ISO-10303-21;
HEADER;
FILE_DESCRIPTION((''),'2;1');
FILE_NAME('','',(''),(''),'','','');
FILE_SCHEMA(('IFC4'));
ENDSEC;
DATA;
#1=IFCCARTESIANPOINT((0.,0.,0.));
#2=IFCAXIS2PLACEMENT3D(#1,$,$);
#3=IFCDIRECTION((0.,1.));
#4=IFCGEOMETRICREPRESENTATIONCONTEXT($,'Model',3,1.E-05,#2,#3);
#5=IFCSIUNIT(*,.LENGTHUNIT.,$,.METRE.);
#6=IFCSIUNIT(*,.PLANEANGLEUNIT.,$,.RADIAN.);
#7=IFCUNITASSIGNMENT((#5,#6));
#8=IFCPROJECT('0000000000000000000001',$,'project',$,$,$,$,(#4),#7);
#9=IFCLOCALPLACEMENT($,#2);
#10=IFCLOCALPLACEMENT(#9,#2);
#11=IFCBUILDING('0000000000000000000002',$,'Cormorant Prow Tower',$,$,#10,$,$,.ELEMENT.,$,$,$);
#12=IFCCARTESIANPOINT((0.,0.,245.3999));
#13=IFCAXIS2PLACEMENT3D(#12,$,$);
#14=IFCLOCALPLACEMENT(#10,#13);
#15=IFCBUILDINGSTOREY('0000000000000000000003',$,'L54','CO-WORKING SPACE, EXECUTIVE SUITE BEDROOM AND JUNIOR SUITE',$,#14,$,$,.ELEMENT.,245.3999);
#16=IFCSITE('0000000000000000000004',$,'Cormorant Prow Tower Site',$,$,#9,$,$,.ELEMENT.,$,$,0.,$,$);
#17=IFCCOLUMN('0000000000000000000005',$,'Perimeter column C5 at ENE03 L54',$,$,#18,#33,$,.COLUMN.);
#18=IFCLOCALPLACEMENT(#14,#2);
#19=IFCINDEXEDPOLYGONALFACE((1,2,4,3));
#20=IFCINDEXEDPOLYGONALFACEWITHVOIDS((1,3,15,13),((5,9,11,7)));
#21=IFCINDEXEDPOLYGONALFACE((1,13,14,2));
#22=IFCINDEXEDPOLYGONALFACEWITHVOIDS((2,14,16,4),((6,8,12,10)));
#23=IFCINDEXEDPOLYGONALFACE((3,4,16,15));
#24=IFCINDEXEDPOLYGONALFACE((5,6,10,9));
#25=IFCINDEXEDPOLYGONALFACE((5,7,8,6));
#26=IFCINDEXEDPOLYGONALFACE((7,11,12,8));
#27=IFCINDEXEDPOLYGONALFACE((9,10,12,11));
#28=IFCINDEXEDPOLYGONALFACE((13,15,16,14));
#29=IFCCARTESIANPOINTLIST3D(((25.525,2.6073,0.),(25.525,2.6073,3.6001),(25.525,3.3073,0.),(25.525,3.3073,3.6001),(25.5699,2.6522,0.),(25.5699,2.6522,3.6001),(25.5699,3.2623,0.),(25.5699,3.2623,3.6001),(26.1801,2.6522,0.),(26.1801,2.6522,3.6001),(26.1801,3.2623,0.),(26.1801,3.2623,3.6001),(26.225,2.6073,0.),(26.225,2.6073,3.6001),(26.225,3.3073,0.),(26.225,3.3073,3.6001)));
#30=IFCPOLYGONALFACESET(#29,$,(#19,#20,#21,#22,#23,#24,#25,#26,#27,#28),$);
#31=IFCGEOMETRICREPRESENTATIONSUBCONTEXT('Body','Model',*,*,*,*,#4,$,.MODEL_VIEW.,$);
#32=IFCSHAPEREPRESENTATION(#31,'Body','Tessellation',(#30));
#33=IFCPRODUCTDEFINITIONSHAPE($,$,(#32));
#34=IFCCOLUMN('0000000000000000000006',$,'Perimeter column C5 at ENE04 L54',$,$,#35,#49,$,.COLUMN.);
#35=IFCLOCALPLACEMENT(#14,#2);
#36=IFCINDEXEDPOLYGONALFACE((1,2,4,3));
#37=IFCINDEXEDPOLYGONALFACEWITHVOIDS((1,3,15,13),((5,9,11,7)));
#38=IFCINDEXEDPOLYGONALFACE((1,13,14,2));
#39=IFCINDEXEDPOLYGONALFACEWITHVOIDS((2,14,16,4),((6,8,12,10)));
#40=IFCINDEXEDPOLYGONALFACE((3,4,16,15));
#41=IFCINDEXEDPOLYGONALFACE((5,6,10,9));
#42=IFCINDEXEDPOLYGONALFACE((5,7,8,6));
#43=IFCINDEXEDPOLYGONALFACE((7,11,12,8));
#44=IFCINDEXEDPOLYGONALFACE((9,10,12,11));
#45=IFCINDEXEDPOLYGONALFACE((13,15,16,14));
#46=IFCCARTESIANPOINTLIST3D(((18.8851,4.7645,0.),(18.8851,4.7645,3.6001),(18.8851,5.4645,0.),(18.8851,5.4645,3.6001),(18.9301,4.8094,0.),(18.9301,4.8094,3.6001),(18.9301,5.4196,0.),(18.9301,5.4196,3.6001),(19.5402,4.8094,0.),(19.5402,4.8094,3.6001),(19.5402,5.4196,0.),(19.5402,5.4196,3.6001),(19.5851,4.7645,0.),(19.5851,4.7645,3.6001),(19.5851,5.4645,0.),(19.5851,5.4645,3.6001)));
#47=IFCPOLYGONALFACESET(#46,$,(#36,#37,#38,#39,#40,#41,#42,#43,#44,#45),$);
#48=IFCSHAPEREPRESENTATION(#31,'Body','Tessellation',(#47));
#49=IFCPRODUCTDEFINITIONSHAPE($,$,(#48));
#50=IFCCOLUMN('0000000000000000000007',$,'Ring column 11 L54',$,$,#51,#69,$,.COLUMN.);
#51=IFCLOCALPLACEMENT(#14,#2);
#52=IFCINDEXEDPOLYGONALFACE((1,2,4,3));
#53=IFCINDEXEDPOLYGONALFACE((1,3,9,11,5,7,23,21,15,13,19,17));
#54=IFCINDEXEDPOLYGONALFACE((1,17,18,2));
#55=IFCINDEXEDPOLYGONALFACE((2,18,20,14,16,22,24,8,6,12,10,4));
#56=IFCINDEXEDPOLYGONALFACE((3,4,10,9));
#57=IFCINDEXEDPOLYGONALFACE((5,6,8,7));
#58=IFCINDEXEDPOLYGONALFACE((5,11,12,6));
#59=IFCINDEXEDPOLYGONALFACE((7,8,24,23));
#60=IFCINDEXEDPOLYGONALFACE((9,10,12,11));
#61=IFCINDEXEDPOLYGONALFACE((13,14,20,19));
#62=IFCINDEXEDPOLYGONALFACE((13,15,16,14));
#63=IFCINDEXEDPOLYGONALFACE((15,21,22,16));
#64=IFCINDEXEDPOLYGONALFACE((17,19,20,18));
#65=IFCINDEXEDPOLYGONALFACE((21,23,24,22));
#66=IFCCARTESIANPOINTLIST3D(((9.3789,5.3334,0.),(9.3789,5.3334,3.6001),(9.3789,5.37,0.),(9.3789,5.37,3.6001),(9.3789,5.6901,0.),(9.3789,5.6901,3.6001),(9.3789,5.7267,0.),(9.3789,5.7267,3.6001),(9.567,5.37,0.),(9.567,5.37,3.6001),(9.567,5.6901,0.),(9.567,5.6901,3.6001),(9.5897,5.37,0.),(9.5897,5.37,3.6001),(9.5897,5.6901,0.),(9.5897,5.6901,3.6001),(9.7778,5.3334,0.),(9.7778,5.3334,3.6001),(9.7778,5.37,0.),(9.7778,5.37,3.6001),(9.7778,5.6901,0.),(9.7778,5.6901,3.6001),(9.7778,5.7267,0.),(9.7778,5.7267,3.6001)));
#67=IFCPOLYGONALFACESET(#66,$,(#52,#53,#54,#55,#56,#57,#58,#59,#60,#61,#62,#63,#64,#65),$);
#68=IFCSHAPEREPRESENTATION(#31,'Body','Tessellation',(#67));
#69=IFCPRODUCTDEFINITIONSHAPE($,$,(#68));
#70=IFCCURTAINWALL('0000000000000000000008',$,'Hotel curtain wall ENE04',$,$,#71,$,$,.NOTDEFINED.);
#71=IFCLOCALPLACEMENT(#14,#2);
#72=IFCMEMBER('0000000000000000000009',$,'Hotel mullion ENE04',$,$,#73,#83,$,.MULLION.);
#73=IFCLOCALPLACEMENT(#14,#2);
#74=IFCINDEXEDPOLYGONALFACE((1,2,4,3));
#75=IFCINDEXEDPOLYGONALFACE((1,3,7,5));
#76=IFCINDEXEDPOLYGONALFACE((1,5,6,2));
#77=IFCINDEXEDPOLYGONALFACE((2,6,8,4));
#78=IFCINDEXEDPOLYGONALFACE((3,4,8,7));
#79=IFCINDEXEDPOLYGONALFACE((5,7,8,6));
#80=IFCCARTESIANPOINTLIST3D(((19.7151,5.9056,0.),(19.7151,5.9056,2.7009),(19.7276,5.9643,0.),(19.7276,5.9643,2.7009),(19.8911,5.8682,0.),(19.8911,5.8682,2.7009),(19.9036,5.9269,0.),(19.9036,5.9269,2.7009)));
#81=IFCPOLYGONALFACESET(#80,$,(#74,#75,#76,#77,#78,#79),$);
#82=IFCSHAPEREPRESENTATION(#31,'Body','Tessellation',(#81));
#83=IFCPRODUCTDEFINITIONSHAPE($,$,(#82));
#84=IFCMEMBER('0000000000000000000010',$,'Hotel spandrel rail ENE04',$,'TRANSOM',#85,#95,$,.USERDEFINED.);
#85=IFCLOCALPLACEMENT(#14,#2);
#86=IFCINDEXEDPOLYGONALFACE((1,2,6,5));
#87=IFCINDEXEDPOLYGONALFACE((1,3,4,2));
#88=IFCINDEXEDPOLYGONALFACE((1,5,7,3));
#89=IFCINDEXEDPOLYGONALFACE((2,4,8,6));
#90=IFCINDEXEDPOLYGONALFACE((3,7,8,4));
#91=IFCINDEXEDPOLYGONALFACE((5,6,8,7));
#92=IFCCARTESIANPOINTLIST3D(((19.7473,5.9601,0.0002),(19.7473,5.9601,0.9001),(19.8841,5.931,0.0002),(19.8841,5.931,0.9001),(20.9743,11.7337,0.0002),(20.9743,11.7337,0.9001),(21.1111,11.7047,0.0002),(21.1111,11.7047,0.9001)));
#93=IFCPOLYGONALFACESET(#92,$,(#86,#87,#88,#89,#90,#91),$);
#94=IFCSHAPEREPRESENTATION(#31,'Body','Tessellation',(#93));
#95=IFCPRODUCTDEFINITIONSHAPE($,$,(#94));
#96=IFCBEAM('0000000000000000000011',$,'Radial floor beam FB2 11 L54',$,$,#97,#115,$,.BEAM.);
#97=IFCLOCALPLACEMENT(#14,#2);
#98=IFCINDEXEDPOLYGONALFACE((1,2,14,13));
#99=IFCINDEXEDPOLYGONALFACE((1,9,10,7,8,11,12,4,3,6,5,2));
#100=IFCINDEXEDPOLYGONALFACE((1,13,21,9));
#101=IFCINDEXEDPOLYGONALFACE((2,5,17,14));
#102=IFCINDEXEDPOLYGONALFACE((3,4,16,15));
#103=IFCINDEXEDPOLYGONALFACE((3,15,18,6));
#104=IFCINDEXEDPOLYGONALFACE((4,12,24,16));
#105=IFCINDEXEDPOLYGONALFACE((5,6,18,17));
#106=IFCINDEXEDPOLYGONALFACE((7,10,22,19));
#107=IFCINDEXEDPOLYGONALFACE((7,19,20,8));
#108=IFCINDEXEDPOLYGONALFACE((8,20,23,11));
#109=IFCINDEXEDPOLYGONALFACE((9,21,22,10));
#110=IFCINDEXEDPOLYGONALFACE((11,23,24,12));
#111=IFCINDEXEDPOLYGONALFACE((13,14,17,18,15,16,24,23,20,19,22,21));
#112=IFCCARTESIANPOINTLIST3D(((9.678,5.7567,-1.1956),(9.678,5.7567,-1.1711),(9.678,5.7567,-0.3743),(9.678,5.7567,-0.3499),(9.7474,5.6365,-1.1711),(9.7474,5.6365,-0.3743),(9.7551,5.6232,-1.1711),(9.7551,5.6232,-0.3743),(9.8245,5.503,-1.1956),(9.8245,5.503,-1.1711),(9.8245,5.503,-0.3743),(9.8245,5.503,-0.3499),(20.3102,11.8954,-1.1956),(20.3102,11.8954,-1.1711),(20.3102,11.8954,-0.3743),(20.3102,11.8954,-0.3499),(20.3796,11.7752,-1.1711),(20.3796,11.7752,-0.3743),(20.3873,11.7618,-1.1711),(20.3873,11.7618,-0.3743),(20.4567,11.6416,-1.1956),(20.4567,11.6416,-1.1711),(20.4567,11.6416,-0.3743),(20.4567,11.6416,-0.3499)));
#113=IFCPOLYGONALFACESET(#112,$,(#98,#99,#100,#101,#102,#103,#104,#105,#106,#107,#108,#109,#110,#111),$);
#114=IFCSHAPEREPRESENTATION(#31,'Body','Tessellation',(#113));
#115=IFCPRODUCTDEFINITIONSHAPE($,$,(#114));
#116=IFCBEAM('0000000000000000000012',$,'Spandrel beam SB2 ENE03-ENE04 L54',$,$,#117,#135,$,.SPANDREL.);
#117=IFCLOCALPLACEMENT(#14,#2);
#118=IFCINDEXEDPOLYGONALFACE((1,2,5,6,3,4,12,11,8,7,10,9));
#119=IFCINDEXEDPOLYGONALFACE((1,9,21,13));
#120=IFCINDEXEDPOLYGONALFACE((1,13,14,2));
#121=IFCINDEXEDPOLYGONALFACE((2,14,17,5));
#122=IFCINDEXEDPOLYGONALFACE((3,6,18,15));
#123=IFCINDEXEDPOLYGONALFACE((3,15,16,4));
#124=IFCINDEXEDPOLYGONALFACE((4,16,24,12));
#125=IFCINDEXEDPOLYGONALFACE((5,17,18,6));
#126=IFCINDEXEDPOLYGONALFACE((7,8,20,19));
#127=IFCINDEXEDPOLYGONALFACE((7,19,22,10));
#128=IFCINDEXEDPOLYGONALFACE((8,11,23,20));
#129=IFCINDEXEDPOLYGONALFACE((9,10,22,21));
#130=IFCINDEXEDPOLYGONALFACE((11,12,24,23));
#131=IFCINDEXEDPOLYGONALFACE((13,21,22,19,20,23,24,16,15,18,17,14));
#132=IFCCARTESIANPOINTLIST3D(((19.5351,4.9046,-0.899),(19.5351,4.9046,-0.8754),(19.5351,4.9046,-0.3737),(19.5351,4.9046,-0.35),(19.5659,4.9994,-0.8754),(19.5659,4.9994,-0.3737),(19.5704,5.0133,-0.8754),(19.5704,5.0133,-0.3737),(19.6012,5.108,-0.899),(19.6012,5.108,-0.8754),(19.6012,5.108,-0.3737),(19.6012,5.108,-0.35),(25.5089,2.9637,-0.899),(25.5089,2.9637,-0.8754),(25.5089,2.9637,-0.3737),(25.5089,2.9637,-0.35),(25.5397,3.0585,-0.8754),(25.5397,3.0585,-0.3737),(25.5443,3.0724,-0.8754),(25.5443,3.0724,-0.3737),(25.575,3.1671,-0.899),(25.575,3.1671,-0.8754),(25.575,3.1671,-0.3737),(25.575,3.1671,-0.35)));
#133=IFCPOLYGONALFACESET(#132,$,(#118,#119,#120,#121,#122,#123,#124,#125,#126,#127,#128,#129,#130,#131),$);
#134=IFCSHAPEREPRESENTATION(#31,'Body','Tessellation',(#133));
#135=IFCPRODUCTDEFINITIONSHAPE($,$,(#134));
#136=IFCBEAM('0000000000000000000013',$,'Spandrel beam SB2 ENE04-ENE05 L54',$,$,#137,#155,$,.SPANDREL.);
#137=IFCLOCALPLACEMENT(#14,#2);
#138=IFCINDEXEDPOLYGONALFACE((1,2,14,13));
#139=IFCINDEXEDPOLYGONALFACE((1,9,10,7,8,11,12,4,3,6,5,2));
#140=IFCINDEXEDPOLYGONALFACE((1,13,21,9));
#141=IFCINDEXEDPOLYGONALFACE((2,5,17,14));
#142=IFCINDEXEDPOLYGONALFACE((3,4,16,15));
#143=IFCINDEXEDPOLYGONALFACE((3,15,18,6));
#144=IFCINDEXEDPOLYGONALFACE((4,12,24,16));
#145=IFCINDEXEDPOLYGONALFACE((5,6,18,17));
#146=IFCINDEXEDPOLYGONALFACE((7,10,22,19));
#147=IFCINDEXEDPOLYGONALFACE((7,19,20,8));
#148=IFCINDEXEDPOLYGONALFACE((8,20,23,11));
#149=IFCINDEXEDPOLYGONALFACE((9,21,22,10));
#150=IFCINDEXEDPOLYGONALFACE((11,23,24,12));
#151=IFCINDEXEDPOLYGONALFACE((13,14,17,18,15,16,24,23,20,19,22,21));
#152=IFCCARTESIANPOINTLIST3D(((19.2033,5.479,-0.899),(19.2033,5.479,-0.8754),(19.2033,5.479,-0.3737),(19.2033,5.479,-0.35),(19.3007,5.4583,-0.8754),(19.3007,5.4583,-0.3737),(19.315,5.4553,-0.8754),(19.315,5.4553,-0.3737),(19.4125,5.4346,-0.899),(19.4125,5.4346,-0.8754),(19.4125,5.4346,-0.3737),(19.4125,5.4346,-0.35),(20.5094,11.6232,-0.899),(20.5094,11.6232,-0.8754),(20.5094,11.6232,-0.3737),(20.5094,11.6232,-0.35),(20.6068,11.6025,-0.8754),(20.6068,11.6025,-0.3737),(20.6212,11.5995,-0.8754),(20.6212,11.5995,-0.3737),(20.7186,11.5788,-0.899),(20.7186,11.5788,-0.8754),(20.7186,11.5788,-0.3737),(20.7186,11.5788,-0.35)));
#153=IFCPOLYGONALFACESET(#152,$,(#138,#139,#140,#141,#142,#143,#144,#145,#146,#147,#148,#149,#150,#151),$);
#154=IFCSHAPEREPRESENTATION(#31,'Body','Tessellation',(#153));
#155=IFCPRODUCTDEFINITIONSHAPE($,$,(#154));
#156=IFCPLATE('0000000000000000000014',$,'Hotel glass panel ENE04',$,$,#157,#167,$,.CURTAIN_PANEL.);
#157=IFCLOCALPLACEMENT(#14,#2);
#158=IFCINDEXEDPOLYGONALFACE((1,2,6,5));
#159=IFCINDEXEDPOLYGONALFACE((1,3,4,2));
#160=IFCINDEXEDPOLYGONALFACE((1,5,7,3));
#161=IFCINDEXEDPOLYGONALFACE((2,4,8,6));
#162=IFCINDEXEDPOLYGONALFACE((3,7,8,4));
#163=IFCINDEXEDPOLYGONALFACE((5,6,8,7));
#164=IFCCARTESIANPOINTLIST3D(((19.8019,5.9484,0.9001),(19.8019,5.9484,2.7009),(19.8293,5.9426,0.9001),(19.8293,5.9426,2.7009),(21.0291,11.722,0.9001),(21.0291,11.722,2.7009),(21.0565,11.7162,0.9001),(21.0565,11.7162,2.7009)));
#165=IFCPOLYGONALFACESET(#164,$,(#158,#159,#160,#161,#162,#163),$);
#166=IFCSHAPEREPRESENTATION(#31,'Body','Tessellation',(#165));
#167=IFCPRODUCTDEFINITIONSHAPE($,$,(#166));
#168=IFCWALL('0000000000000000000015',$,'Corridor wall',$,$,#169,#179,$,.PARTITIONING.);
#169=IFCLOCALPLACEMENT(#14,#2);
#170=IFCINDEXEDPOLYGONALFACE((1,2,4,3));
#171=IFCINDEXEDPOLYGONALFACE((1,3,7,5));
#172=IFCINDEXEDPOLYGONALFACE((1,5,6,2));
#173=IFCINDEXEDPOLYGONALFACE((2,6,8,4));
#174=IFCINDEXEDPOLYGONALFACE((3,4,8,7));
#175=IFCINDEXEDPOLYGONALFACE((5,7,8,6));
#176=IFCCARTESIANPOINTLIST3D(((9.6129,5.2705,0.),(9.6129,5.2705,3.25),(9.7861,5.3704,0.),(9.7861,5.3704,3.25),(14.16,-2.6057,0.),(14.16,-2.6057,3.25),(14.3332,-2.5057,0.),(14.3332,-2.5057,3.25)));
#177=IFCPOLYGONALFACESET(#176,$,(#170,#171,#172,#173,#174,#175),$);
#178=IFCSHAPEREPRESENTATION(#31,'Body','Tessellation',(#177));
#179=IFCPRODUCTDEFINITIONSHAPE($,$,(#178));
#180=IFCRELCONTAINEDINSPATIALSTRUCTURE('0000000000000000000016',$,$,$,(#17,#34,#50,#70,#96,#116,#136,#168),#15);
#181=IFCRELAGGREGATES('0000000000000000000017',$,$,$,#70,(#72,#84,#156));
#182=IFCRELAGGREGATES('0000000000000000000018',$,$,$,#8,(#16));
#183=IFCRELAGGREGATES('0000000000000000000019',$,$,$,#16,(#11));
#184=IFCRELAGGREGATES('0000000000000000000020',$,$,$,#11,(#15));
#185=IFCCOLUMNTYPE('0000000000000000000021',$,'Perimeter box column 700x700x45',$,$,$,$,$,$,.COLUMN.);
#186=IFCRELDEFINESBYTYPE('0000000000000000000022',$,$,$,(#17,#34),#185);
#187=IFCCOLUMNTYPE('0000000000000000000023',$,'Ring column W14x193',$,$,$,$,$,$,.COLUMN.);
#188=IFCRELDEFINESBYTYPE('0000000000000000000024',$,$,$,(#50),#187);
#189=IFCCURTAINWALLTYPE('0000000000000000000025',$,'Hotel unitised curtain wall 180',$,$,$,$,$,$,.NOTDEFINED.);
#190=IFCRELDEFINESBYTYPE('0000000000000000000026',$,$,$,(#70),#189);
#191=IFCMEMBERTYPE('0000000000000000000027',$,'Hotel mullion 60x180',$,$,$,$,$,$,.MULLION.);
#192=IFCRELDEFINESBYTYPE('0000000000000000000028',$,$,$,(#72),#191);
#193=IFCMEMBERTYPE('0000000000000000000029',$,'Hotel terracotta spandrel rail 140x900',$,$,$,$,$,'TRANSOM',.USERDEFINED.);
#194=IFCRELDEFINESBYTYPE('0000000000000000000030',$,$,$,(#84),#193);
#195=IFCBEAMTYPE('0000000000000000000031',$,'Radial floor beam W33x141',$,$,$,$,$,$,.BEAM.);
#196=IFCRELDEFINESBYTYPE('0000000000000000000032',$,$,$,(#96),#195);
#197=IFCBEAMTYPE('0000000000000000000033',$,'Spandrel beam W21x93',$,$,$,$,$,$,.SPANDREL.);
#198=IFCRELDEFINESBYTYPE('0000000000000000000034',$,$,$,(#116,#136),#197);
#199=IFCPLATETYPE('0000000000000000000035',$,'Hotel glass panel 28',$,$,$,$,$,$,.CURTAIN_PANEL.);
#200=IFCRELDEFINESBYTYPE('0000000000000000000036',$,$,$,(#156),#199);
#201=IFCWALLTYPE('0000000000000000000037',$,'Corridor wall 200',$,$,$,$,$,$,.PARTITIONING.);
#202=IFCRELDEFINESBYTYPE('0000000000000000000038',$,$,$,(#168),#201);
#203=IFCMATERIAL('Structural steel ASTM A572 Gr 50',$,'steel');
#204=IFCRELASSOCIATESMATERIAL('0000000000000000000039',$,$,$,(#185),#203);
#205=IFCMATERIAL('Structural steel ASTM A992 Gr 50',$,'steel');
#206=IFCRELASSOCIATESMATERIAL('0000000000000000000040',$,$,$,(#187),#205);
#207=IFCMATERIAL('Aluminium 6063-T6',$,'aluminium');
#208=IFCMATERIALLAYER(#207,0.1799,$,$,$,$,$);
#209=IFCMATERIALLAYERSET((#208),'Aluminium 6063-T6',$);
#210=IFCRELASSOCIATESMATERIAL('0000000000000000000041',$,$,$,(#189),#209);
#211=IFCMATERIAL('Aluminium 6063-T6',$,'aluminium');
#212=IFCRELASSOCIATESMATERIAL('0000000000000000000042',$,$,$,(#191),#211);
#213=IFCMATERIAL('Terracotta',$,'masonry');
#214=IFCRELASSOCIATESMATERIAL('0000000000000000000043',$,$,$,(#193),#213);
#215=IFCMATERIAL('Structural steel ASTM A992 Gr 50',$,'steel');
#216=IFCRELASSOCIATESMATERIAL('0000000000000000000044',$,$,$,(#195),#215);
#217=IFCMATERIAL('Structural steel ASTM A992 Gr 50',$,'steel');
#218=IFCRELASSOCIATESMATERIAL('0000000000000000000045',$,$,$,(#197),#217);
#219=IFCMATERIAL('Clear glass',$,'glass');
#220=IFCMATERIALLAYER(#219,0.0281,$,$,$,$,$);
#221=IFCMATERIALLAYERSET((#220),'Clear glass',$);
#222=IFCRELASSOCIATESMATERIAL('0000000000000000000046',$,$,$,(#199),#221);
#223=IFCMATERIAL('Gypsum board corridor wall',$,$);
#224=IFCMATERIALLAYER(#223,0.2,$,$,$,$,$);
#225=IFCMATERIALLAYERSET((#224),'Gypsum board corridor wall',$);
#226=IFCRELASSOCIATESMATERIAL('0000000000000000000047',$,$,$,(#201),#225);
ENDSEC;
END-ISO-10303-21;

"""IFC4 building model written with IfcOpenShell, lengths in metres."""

from ifc_helpers import new_model, si_unit, direction, frame, frame_2d, origin, origin_2d, place, context, subcontext, project, spatial, rectangle, hollow_rectangle, i_section, extrude, material, layer, layer_set, material_profile, profile_set, type_object, element, aggregate, save


model = new_model("IFC4")

# Units and contexts
model_context = context("Model", 3, precision=1e-05, world=origin(), true_north=direction((0.0, 1.0)))
body_context = subcontext(model_context, "Body", "Model", "MODEL_VIEW")
ifc_project = project(units=[si_unit("LENGTHUNIT", "METRE"), si_unit("PLANEANGLEUNIT", "RADIAN")], contexts=[model_context])

# Site, building, storey
site_placement = place(None, origin())
site = spatial("IfcSite", under=ifc_project, at=site_placement, Name="Cormorant Prow Tower Site", CompositionType="ELEMENT", RefElevation=0.0)
building_placement = place(site_placement, origin())
building = spatial("IfcBuilding", under=site, at=building_placement, Name="Cormorant Prow Tower", CompositionType="ELEMENT")
storey_placement = place(building_placement, frame((0.0, 0.0, 245.3999)))
storey = spatial("IfcBuildingStorey", under=building, at=storey_placement, Name="L54", Description="CO-WORKING SPACE, EXECUTIVE SUITE BEDROOM AND JUNIOR SUITE", CompositionType="ELEMENT", Elevation=245.3999)

# Columns
ifc_material_1 = material(Name="Structural steel ASTM A572 Gr 50", Category="steel")
ifc_material_profile_1 = material_profile(ifc_material_1, hollow_rectangle(XDim=0.7, YDim=0.7, WallThickness=0.0449, at=origin_2d()), Name="Box 700x700x45")
ifc_profile_set_1 = profile_set([ifc_material_profile_1], Name="Structural steel ASTM A572 Gr 50")
column_type_1 = type_object("IfcColumnType", Name="Perimeter box column 700x700x45", PredefinedType="COLUMN", material=ifc_profile_set_1)
for number, where, z_axis, x_axis, name in (
    (1, (25.875, 2.9573, 0.0), (0.0, 0.0, 1.0), (1.0, 0.0, 0.0), "Perimeter column C5 at ENE03 L54"),
    (2, (19.2351, 5.1145, 0.0), (0.0, 0.0, 1.0), (1.0, 0.0, 0.0), "Perimeter column C5 at ENE04 L54"),
):
    element("IfcColumn", number, at=place(storey_placement, frame(where, z_axis=z_axis, x_axis=x_axis)), inside=storey, type_object=column_type_1, Name=name, PredefinedType="COLUMN", context=body_context, shape_type="SweptSolid", body=[
        extrude(hollow_rectangle(XDim=0.7, YDim=0.7, WallThickness=0.0449, at=origin_2d()), origin(), (0.0, 0.0, 1.0), 3.6001),
    ])
ifc_material_2 = material(Name="Structural steel ASTM A992 Gr 50", Category="steel")
ifc_material_profile_2 = material_profile(ifc_material_2, i_section(OverallWidth=0.3989, OverallDepth=0.3933, WebThickness=0.0227, FlangeThickness=0.0366, at=origin_2d()), Name="W14x193")
ifc_profile_set_2 = profile_set([ifc_material_profile_2], Name="Structural steel ASTM A992 Gr 50")
column_type_2 = type_object("IfcColumnType", Name="Ring column W14x193", PredefinedType="COLUMN", material=ifc_profile_set_2)
column_placement = place(storey_placement, frame((9.5784, 5.53, 0.0), z_axis=(0.0, 0.0, 1.0), x_axis=(1.0, 0.0, 0.0)))
element("IfcColumn", 3, at=column_placement, inside=storey, type_object=column_type_2, Name="Ring column 11 L54", PredefinedType="COLUMN", context=body_context, shape_type="SweptSolid", body=[
    extrude(i_section(OverallWidth=0.3989, OverallDepth=0.3933, WebThickness=0.0227, FlangeThickness=0.0366, at=origin_2d()), origin(), (0.0, 0.0, 1.0), 3.6001),
])

# Curtain wall, members
ifc_material_3 = material(Name="Aluminium 6063-T6", Category="aluminium")
ifc_layer_1 = layer(ifc_material_3, 0.1799)
ifc_layer_set_1 = layer_set([ifc_layer_1], Name="Aluminium 6063-T6")
curtain_wall_type = type_object("IfcCurtainWallType", Name="Hotel unitised curtain wall 180", PredefinedType="NOTDEFINED", material=ifc_layer_set_1)
curtain_wall_placement = place(storey_placement, origin())
curtain_wall = element("IfcCurtainWall", 4, at=curtain_wall_placement, inside=storey, type_object=curtain_wall_type, Name="Hotel curtain wall ENE04", PredefinedType="NOTDEFINED")
ifc_material_4 = material(Name="Aluminium 6063-T6", Category="aluminium")
ifc_material_profile_3 = material_profile(ifc_material_4, rectangle(XDim=0.1799, YDim=0.0601, at=origin_2d()), Name="Hotel mullion 60x180")
ifc_profile_set_3 = profile_set([ifc_material_profile_3], Name="Aluminium 6063-T6")
member_type_1 = type_object("IfcMemberType", Name="Hotel mullion 60x180", PredefinedType="MULLION", material=ifc_profile_set_3)
member_1_placement = place(storey_placement, frame((19.8093, 5.9163, 0.0), z_axis=(0.0, 0.0, 1.0), x_axis=(-0.978148, 0.207912, 0.0)))
member_1 = element("IfcMember", 5, at=member_1_placement, type_object=member_type_1, Name="Hotel mullion ENE04", PredefinedType="MULLION", context=body_context, shape_type="SweptSolid", body=[
    extrude(rectangle(XDim=0.1799, YDim=0.0601, at=origin_2d()), origin(), (0.0, 0.0, 1.0), 2.7009),
])
ifc_material_5 = material(Name="Terracotta", Category="masonry")
ifc_material_profile_4 = material_profile(ifc_material_5, rectangle(XDim=0.1399, YDim=0.8999, at=origin_2d()), Name="Hotel terracotta spandrel rail 140x900")
ifc_profile_set_4 = profile_set([ifc_material_profile_4], Name="Terracotta")
member_type_2 = type_object("IfcMemberType", Name="Hotel terracotta spandrel rail 140x900", ElementType="TRANSOM", PredefinedType="USERDEFINED", material=ifc_profile_set_4)
member_2_placement = place(storey_placement, frame((19.8157, 5.9456, 0.4502), z_axis=(0.207882, 0.978154, 0.0), x_axis=(-0.978154, 0.207882, 0.0)))
member_2 = element("IfcMember", 6, at=member_2_placement, type_object=member_type_2, Name="Hotel spandrel rail ENE04", ObjectType="TRANSOM", PredefinedType="USERDEFINED", context=body_context, shape_type="SweptSolid", body=[
    extrude(rectangle(XDim=0.1399, YDim=0.8999, at=origin_2d()), origin(), (0.0, 0.0, 1.0), 5.9026),
])

# Beams
ifc_material_6 = material(Name="Structural steel ASTM A992 Gr 50", Category="steel")
ifc_material_profile_5 = material_profile(ifc_material_6, i_section(OverallWidth=0.293, OverallDepth=0.8457, WebThickness=0.0154, FlangeThickness=0.0244, at=origin_2d()), Name="W33x141")
ifc_profile_set_5 = profile_set([ifc_material_profile_5], Name="Structural steel ASTM A992 Gr 50")
beam_type_1 = type_object("IfcBeamType", Name="Radial floor beam W33x141", PredefinedType="BEAM", material=ifc_profile_set_5)
beam_1_placement = place(storey_placement, frame((9.7512, 5.6299, -0.7727), z_axis=(0.866022, 0.500006, 0.0), x_axis=(-0.500006, 0.866022, 0.0)))
element("IfcBeam", 7, at=beam_1_placement, inside=storey, type_object=beam_type_1, Name="Radial floor beam FB2 11 L54", PredefinedType="BEAM", context=body_context, shape_type="SweptSolid", body=[
    extrude(i_section(OverallWidth=0.293, OverallDepth=0.8457, WebThickness=0.0154, FlangeThickness=0.0244, at=origin_2d()), origin(), (0.0, 0.0, 1.0), 12.2771),
])
ifc_material_7 = material(Name="Structural steel ASTM A992 Gr 50", Category="steel")
ifc_material_profile_6 = material_profile(ifc_material_7, i_section(OverallWidth=0.2139, OverallDepth=0.5491, WebThickness=0.0146, FlangeThickness=0.0237, at=origin_2d()), Name="W21x93")
ifc_profile_set_6 = profile_set([ifc_material_profile_6], Name="Structural steel ASTM A992 Gr 50")
beam_type_2 = type_object("IfcBeamType", Name="Spandrel beam W21x93", PredefinedType="SPANDREL", material=ifc_profile_set_6)
beam_2_placement = place(storey_placement, frame((25.542, 3.0654, -0.6245), z_axis=(-0.951062, 0.309001, 0.0), x_axis=(-0.309001, -0.951062, 0.0)))
element("IfcBeam", 8, at=beam_2_placement, inside=storey, type_object=beam_type_2, Name="Spandrel beam SB2 ENE03-ENE04 L54", PredefinedType="SPANDREL", context=body_context, shape_type="SweptSolid", body=[
    extrude(i_section(OverallWidth=0.2139, OverallDepth=0.5491, WebThickness=0.0146, FlangeThickness=0.0237, at=origin_2d()), origin(), (0.0, 0.0, 1.0), 6.2812),
])
beam_3_placement = place(storey_placement, frame((19.3079, 5.4568, -0.6245), z_axis=(0.207934, 0.978143, 0.0), x_axis=(-0.978143, 0.207934, 0.0)))
element("IfcBeam", 9, at=beam_3_placement, inside=storey, type_object=beam_type_2, Name="Spandrel beam SB2 ENE04-ENE05 L54", PredefinedType="SPANDREL", context=body_context, shape_type="SweptSolid", body=[
    extrude(i_section(OverallWidth=0.2139, OverallDepth=0.5491, WebThickness=0.0146, FlangeThickness=0.0237, at=origin_2d()), origin(), (0.0, 0.0, 1.0), 6.2815),
])

# Plate
ifc_material_8 = material(Name="Clear glass", Category="glass")
ifc_layer_2 = layer(ifc_material_8, 0.0281)
ifc_layer_set_2 = layer_set([ifc_layer_2], Name="Clear glass")
plate_type = type_object("IfcPlateType", Name="Hotel glass panel 28", PredefinedType="CURTAIN_PANEL", material=ifc_layer_set_2)
plate_placement = place(storey_placement, frame((20.4292, 8.8323, 0.9001), z_axis=(0.0, 0.0, 1.0), x_axis=(0.207912, 0.978148, 0.0)))
plate = element("IfcPlate", 10, at=plate_placement, type_object=plate_type, Name="Hotel glass panel ENE04", PredefinedType="CURTAIN_PANEL", context=body_context, shape_type="SweptSolid", body=[
    extrude(rectangle(XDim=5.9026, YDim=0.0281, at=origin_2d()), origin(), (0.0, 0.0, 1.0), 1.8008),
])
aggregate(curtain_wall, [member_1, member_2, plate])

# Wall
ifc_material_9 = material(Name="Gypsum board corridor wall")
ifc_layer_3 = layer(ifc_material_9, 0.2)
ifc_layer_set_3 = layer_set([ifc_layer_3], Name="Gypsum board corridor wall")
wall_type_1 = type_object("IfcWallType", Name="Corridor wall 200", PredefinedType="PARTITIONING", material=ifc_layer_set_3)
wall_1_placement = place(storey_placement, frame((9.6995, 5.3206, 0.0), z_axis=(0.0, 0.0, 1.0), x_axis=(0.499982, -0.866036, 0.0)))
element("IfcWall", 11, at=wall_1_placement, inside=storey, type_object=wall_type_1, Name="Corridor wall", PredefinedType="PARTITIONING", context=body_context, shape_type="SweptSolid", body=[
    extrude(rectangle(XDim=9.0945, YDim=0.2, at=frame_2d((4.5474, 0.0))), origin(), (0.0, 0.0, 1.0), 3.25),
])

save(model, "model.ifc")
